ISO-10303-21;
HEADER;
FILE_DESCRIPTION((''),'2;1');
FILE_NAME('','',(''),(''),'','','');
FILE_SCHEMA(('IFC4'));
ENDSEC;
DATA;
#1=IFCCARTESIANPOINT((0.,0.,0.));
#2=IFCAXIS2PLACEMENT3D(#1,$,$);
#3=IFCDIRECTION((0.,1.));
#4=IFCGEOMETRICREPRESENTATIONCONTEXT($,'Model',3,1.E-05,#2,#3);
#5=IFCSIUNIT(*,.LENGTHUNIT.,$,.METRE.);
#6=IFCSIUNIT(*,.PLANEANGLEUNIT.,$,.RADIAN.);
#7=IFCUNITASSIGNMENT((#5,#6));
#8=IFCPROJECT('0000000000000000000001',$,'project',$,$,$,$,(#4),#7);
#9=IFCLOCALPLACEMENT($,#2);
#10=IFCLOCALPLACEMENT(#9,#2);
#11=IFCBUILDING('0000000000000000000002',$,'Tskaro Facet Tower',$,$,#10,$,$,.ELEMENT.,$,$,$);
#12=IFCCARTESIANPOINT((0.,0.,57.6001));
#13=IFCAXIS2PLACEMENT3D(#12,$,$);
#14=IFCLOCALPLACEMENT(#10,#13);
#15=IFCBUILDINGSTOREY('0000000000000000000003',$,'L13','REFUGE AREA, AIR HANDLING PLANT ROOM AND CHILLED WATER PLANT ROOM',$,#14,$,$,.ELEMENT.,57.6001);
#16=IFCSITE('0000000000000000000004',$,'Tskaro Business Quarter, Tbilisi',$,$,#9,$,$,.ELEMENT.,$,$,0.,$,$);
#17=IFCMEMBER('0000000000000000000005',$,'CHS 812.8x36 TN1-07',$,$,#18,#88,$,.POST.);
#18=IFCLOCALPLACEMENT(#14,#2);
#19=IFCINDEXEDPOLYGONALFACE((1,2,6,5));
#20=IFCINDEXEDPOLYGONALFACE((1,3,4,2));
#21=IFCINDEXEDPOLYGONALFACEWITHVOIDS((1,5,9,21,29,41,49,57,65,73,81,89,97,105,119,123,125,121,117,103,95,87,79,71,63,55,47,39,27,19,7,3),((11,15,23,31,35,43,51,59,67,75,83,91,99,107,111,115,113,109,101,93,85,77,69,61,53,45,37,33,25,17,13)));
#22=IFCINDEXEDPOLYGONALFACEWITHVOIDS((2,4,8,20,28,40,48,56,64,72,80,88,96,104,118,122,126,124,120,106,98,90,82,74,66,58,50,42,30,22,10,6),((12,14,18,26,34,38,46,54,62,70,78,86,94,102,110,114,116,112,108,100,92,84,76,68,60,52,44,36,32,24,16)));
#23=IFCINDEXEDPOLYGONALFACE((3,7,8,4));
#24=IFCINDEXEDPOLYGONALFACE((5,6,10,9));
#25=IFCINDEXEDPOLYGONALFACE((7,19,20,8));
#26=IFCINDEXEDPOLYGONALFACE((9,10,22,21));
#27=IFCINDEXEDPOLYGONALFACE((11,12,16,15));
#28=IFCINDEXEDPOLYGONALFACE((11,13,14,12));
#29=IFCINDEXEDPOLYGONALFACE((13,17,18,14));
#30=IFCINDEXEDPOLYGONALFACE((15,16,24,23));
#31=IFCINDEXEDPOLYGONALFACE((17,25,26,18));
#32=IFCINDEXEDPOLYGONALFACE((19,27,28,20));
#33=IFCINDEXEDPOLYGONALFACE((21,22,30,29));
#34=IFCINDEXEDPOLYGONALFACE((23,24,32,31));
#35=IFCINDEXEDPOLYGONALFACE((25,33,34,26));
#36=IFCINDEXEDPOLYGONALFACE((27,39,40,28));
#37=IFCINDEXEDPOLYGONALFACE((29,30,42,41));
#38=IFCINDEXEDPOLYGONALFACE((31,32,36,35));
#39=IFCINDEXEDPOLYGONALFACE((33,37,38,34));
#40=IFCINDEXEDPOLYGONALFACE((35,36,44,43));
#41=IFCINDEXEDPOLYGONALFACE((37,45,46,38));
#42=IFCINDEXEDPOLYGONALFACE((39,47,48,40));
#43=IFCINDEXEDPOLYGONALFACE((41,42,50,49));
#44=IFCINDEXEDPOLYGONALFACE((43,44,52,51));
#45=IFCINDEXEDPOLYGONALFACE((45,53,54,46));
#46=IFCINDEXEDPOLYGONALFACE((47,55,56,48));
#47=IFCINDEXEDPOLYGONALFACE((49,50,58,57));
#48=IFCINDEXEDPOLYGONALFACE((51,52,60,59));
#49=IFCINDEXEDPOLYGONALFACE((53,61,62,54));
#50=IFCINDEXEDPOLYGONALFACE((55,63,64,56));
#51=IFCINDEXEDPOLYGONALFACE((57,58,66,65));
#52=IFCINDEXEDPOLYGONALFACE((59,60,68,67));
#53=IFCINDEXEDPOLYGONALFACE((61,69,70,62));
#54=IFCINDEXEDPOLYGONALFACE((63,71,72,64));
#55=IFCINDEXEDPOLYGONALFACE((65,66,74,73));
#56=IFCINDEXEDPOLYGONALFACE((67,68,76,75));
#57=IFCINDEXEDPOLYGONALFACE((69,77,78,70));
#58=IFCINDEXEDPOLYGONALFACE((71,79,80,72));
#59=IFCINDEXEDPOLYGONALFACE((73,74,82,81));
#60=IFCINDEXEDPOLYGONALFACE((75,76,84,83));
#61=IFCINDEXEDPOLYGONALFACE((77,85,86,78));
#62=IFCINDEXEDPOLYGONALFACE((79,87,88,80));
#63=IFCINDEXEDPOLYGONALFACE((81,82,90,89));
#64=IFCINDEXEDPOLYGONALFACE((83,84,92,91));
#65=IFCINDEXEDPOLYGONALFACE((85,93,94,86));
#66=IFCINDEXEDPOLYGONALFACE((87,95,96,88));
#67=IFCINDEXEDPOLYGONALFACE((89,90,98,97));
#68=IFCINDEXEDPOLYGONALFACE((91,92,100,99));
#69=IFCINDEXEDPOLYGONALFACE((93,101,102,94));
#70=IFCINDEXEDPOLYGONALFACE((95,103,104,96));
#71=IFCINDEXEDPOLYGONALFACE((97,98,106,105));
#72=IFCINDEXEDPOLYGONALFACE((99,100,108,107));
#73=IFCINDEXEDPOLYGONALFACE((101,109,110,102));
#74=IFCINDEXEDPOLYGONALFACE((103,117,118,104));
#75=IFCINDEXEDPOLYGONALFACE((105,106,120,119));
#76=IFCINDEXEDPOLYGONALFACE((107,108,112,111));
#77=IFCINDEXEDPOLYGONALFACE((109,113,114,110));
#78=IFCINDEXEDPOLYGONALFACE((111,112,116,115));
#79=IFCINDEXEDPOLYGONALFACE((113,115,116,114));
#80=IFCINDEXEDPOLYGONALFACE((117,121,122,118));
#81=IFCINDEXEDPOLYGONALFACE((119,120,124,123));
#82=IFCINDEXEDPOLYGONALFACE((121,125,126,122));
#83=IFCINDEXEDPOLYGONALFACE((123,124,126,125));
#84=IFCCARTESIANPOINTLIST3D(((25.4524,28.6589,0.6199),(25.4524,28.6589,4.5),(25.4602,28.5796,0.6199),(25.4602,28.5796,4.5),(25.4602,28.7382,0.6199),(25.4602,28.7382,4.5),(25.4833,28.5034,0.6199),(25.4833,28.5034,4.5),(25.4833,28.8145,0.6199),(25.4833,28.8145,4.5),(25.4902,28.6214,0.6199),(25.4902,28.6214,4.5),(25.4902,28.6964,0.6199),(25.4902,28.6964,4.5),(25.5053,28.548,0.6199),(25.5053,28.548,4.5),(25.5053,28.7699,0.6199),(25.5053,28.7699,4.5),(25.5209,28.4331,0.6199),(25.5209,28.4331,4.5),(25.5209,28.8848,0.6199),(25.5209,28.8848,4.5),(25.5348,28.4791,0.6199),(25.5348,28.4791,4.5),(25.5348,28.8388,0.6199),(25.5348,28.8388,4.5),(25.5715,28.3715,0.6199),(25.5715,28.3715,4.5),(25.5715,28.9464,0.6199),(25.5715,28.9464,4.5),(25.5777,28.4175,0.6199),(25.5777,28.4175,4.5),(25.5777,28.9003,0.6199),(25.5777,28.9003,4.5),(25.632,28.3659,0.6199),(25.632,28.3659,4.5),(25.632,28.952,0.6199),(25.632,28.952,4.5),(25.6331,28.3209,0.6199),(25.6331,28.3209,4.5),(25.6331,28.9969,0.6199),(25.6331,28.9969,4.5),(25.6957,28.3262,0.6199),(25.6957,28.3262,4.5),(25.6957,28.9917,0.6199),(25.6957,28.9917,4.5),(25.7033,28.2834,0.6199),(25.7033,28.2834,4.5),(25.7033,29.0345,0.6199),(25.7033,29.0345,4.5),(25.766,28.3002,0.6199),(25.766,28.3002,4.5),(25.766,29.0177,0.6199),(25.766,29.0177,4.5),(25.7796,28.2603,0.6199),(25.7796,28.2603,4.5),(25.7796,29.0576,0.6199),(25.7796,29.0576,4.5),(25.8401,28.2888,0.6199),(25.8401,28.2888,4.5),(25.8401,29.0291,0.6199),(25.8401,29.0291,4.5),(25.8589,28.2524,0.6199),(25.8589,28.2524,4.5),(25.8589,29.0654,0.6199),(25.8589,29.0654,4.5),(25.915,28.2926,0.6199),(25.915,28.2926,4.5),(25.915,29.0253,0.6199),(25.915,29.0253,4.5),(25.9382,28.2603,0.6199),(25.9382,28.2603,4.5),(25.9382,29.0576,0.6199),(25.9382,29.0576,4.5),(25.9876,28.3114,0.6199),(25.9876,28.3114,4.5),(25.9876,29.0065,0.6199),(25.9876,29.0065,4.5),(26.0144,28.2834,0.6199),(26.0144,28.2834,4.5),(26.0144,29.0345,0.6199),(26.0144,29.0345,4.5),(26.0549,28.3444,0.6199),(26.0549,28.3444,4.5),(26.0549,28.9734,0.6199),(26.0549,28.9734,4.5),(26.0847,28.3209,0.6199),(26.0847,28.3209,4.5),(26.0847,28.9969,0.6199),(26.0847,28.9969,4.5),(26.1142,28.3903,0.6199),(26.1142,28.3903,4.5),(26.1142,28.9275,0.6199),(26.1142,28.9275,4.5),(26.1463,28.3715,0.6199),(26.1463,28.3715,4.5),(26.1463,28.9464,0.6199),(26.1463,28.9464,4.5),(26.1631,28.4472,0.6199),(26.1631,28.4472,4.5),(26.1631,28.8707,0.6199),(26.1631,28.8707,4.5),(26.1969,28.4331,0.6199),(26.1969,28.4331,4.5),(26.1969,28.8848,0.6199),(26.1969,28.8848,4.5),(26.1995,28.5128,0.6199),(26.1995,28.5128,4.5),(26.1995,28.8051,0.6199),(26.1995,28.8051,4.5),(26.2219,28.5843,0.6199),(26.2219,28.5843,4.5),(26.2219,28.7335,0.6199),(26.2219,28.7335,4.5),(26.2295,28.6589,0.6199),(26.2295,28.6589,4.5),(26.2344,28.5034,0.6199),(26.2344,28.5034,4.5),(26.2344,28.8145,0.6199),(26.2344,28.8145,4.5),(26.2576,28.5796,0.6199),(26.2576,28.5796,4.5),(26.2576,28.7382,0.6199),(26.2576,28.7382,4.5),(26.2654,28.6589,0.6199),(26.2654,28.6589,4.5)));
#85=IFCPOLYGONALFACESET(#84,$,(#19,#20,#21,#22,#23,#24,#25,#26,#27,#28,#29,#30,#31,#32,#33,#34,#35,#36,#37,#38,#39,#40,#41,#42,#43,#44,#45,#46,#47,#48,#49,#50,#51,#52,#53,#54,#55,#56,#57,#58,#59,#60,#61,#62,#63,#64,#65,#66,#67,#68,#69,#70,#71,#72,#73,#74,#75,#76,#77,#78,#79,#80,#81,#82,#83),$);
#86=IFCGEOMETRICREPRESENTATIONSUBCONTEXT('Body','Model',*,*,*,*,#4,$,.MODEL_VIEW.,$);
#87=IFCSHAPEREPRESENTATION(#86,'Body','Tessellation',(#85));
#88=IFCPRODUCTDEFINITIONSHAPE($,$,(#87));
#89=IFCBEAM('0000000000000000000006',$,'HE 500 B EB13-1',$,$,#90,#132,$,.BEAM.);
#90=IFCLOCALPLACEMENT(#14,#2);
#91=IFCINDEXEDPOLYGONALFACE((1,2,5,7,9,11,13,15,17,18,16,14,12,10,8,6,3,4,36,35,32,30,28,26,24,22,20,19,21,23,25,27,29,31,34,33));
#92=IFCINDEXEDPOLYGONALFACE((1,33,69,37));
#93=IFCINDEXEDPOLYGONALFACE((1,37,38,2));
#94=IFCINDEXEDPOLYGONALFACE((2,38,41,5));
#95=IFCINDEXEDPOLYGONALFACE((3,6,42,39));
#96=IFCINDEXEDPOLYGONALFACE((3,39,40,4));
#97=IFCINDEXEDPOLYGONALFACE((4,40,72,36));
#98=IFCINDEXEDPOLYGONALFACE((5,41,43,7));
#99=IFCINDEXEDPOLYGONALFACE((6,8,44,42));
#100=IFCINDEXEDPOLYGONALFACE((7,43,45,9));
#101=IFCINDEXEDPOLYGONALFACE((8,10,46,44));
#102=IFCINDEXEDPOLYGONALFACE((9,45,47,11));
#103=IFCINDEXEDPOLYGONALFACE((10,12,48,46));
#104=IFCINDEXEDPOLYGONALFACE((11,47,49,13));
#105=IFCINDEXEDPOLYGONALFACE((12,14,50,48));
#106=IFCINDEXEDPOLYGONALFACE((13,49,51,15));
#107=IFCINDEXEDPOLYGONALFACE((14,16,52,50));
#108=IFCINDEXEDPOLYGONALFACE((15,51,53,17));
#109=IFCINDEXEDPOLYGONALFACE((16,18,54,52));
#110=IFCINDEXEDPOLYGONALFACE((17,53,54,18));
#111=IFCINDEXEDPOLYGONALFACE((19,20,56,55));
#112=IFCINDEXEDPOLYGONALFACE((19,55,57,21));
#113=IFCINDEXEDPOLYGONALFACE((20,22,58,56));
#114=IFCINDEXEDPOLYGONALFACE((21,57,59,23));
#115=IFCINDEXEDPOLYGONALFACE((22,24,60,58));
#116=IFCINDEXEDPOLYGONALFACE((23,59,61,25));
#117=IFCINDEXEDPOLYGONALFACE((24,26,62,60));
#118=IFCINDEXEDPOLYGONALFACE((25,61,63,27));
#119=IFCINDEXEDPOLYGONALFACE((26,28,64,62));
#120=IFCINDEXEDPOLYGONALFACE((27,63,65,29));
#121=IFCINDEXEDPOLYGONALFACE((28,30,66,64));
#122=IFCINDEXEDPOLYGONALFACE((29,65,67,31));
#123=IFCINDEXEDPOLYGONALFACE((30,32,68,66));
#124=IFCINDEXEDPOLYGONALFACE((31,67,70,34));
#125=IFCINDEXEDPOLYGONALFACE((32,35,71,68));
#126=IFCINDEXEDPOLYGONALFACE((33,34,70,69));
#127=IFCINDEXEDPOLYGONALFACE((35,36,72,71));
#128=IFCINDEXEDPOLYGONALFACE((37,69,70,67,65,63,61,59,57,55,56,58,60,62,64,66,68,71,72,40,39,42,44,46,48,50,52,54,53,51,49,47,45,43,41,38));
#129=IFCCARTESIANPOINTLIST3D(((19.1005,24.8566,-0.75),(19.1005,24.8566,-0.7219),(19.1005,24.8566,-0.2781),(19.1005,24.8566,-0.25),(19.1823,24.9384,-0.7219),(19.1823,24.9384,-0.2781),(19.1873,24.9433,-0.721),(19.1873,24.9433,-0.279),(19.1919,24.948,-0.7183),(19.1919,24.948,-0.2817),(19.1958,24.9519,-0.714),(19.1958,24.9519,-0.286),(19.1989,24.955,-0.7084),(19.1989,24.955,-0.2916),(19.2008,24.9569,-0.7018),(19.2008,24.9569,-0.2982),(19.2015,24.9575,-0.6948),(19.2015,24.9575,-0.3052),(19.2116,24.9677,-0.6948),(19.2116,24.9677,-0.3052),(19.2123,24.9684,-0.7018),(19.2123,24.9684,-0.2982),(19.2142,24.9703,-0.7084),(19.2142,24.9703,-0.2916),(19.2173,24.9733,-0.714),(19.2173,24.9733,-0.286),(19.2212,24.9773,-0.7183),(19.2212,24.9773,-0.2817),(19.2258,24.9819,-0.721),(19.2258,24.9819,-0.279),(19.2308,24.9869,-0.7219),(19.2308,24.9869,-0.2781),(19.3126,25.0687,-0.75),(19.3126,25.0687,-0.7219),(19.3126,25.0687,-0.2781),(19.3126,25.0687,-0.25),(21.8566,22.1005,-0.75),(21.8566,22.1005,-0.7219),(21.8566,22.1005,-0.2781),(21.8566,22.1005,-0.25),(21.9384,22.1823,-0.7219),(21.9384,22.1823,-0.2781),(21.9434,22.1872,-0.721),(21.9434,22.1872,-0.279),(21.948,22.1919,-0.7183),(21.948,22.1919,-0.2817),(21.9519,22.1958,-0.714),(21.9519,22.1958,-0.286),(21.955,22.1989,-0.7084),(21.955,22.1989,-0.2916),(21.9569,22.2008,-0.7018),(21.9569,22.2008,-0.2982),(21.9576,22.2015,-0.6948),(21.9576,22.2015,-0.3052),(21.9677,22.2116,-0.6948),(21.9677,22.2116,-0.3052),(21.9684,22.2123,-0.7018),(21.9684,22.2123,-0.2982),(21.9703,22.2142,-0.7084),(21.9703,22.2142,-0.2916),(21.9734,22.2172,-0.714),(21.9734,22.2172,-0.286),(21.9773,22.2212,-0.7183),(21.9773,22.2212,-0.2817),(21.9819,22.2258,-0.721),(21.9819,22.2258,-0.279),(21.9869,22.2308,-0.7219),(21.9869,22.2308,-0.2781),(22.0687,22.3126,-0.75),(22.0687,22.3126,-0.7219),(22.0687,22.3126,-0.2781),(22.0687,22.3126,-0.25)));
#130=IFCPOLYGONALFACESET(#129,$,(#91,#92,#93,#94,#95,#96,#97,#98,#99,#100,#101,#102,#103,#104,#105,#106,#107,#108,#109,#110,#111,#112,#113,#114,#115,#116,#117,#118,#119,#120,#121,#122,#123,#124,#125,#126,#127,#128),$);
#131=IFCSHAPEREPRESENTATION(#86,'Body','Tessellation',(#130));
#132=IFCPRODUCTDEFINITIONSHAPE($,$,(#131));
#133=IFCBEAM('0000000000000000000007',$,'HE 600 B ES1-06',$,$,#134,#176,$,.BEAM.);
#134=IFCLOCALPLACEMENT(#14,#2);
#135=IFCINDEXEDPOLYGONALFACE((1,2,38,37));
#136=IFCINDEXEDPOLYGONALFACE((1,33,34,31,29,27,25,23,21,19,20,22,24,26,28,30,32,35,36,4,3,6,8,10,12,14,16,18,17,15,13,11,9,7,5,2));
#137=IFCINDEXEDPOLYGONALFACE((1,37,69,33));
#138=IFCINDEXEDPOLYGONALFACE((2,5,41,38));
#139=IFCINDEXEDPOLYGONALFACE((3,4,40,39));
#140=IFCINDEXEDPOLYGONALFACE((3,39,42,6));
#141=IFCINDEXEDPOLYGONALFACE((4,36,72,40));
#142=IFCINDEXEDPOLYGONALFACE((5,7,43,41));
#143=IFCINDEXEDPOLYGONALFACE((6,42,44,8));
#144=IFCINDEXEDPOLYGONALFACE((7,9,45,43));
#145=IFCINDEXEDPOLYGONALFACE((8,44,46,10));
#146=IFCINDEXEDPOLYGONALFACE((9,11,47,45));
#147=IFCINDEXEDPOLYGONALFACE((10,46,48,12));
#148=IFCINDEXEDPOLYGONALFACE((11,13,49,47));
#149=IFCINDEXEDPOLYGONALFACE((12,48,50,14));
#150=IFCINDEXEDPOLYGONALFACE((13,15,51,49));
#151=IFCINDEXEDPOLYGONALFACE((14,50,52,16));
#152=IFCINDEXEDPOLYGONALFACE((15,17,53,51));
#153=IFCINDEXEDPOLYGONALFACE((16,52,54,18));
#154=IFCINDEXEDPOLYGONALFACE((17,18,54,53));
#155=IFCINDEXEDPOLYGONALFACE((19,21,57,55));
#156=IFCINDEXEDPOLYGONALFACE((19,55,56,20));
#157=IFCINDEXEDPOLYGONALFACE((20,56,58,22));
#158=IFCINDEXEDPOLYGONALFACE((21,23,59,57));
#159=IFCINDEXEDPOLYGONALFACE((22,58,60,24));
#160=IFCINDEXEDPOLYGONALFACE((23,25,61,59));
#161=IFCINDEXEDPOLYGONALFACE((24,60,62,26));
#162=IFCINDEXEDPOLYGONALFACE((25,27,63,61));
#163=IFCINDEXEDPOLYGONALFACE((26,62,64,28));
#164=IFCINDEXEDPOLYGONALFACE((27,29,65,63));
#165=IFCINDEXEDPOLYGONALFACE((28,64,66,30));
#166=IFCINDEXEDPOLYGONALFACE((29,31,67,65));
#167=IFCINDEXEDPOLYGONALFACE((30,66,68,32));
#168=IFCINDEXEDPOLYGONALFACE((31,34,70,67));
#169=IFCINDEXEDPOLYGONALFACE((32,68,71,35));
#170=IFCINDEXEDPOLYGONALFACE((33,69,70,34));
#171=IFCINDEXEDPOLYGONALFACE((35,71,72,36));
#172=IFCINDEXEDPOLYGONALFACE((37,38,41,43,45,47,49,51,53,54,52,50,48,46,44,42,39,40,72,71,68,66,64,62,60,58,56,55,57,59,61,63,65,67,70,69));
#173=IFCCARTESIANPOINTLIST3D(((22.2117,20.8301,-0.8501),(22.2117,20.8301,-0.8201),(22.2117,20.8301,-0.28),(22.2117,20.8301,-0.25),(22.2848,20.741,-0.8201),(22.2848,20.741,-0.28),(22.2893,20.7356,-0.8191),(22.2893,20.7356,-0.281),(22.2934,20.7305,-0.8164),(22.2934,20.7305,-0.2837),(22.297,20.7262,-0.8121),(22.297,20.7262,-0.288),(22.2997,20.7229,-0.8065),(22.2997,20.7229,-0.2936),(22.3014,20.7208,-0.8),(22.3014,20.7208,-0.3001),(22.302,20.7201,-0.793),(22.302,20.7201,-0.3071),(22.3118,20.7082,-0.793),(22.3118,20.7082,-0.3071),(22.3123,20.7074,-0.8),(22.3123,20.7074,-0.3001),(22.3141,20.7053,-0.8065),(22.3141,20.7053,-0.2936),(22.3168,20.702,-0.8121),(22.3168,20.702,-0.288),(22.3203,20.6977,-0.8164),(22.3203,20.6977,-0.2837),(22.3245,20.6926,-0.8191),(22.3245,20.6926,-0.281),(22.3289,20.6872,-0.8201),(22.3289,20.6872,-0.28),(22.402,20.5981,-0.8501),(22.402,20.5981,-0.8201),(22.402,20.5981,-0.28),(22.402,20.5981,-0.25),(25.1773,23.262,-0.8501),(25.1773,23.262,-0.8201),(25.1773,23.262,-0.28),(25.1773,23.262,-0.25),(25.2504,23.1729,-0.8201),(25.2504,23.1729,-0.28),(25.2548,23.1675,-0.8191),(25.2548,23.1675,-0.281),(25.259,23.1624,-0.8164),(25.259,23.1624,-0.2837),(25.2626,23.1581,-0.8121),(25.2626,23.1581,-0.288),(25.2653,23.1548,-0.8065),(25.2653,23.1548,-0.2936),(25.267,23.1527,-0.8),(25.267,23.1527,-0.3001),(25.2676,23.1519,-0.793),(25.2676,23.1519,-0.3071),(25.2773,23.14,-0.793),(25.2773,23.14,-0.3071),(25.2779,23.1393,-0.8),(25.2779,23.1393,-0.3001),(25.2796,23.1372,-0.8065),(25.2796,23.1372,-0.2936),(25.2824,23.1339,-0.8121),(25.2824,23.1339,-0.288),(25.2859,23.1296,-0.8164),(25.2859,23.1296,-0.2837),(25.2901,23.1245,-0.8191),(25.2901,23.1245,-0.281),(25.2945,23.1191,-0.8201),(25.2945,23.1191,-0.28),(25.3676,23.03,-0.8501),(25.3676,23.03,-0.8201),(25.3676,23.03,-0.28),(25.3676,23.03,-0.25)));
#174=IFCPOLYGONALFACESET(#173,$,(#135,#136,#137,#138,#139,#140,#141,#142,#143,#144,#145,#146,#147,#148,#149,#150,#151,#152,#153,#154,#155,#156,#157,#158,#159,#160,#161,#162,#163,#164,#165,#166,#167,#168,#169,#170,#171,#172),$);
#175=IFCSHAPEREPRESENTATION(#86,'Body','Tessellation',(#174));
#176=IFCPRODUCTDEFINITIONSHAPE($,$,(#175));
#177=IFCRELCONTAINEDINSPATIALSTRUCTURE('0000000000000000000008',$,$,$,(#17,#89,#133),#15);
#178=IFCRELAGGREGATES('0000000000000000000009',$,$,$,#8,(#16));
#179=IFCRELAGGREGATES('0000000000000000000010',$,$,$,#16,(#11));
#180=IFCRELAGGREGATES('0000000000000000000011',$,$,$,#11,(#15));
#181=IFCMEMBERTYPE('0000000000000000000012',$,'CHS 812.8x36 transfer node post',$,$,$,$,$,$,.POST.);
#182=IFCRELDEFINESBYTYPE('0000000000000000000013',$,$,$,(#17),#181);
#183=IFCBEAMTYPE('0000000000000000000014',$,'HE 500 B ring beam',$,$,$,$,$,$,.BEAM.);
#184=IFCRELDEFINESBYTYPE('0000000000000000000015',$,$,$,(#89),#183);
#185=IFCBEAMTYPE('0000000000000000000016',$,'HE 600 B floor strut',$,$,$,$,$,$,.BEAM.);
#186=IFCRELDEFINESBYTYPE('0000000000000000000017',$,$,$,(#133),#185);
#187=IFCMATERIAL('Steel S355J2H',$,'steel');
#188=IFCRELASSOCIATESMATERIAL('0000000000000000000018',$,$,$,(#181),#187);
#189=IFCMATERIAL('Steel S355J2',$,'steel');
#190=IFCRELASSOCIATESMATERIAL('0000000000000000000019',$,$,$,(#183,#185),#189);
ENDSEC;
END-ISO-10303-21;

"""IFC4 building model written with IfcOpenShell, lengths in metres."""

from ifc_helpers import new_model, si_unit, direction, frame, origin, origin_2d, place, context, subcontext, project, spatial, hollow_circle, i_section, extrude, material, material_profile, profile_set, type_object, element, save


model = new_model("IFC4")

# Units and contexts
model_context = context("Model", 3, precision=1e-05, world=origin(), true_north=direction((0.0, 1.0)))
body_context = subcontext(model_context, "Body", "Model", "MODEL_VIEW")
ifc_project = project(units=[si_unit("LENGTHUNIT", "METRE"), si_unit("PLANEANGLEUNIT", "RADIAN")], contexts=[model_context])

# Site, building, storey
site_placement = place(None, origin())
site = spatial("IfcSite", under=ifc_project, at=site_placement, Name="Tskaro Business Quarter, Tbilisi", CompositionType="ELEMENT", RefElevation=0.0)
building_placement = place(site_placement, origin())
building = spatial("IfcBuilding", under=site, at=building_placement, Name="Tskaro Facet Tower", CompositionType="ELEMENT")
storey_placement = place(building_placement, frame((0.0, 0.0, 57.6001)))
storey = spatial("IfcBuildingStorey", under=building, at=storey_placement, Name="L13", Description="REFUGE AREA, AIR HANDLING PLANT ROOM AND CHILLED WATER PLANT ROOM", CompositionType="ELEMENT", Elevation=57.6001)

# Shared definitions
ifc_material_1 = material(Name="Steel S355J2", Category="steel")

# Member
ifc_material_2 = material(Name="Steel S355J2H", Category="steel")
ifc_material_profile_1 = material_profile(ifc_material_2, hollow_circle(Radius=0.4065, WallThickness=0.0359, at=origin_2d()), Name="CHS 812.8x36")
ifc_profile_set_1 = profile_set([ifc_material_profile_1], Name="Steel S355J2H")
member_type_1 = type_object("IfcMemberType", Name="CHS 812.8x36 transfer node post", PredefinedType="POST", material=ifc_profile_set_1)
for number, where, z_axis, x_axis, name in (
    (1, (25.8589, 28.6589, 0.6199), (0.0, 0.0, 1.0), (1.0, 0.0, 0.0), "CHS 812.8x36 TN1-07"),
):
    element("IfcMember", number, at=place(storey_placement, frame(where, z_axis=z_axis, x_axis=x_axis)), inside=storey, type_object=member_type_1, Name=name, PredefinedType="POST", context=body_context, shape_type="SweptSolid", body=[
        extrude(hollow_circle(Radius=0.4065, WallThickness=0.0359, at=origin_2d()), origin(), (0.0, 0.0, 1.0), 3.8801),
    ])

# Beams
ifc_material_profile_2 = material_profile(ifc_material_1, i_section(OverallWidth=0.3, OverallDepth=0.5, WebThickness=0.0144, FlangeThickness=0.0281, FilletRadius=0.0271, at=origin_2d()), Name="HE 500 B")
ifc_profile_set_2 = profile_set([ifc_material_profile_2], Name="Steel S355J2")
beam_type_1 = type_object("IfcBeamType", Name="HE 500 B ring beam", PredefinedType="BEAM", material=ifc_profile_set_2)
beam_1_placement = place(storey_placement, frame((21.9626, 22.2065, -0.5), z_axis=(-0.707107, 0.707107, 0.0), x_axis=(-0.707107, -0.707107, 0.0)))
element("IfcBeam", 2, at=beam_1_placement, inside=storey, type_object=beam_type_1, Name="HE 500 B EB13-1", PredefinedType="BEAM", context=body_context, shape_type="SweptSolid", body=[
    extrude(i_section(OverallWidth=0.3, OverallDepth=0.5, WebThickness=0.0144, FlangeThickness=0.0281, FilletRadius=0.0271, at=origin_2d()), origin(), (0.0, 0.0, 1.0), 3.8977),
])
ifc_material_profile_3 = material_profile(ifc_material_1, i_section(OverallWidth=0.3, OverallDepth=0.6001, WebThickness=0.0154, FlangeThickness=0.03, FilletRadius=0.0271, at=origin_2d()), Name="HE 600 B")
ifc_profile_set_3 = profile_set([ifc_material_profile_3], Name="Steel S355J2")
beam_type_2 = type_object("IfcBeamType", Name="HE 600 B floor strut", PredefinedType="BEAM", material=ifc_profile_set_3)
beam_2_placement = place(storey_placement, frame((25.2725, 23.146, -0.55), z_axis=(-0.773253, -0.634097, 0.0), x_axis=(0.634097, -0.773253, 0.0)))
element("IfcBeam", 3, at=beam_2_placement, inside=storey, type_object=beam_type_2, Name="HE 600 B ES1-06", PredefinedType="BEAM", context=body_context, shape_type="SweptSolid", body=[
    extrude(i_section(OverallWidth=0.3, OverallDepth=0.6001, WebThickness=0.0154, FlangeThickness=0.03, FilletRadius=0.0271, at=origin_2d()), origin(), (0.0, 0.0, 1.0), 3.8352),
])

save(model, "model.ifc")
